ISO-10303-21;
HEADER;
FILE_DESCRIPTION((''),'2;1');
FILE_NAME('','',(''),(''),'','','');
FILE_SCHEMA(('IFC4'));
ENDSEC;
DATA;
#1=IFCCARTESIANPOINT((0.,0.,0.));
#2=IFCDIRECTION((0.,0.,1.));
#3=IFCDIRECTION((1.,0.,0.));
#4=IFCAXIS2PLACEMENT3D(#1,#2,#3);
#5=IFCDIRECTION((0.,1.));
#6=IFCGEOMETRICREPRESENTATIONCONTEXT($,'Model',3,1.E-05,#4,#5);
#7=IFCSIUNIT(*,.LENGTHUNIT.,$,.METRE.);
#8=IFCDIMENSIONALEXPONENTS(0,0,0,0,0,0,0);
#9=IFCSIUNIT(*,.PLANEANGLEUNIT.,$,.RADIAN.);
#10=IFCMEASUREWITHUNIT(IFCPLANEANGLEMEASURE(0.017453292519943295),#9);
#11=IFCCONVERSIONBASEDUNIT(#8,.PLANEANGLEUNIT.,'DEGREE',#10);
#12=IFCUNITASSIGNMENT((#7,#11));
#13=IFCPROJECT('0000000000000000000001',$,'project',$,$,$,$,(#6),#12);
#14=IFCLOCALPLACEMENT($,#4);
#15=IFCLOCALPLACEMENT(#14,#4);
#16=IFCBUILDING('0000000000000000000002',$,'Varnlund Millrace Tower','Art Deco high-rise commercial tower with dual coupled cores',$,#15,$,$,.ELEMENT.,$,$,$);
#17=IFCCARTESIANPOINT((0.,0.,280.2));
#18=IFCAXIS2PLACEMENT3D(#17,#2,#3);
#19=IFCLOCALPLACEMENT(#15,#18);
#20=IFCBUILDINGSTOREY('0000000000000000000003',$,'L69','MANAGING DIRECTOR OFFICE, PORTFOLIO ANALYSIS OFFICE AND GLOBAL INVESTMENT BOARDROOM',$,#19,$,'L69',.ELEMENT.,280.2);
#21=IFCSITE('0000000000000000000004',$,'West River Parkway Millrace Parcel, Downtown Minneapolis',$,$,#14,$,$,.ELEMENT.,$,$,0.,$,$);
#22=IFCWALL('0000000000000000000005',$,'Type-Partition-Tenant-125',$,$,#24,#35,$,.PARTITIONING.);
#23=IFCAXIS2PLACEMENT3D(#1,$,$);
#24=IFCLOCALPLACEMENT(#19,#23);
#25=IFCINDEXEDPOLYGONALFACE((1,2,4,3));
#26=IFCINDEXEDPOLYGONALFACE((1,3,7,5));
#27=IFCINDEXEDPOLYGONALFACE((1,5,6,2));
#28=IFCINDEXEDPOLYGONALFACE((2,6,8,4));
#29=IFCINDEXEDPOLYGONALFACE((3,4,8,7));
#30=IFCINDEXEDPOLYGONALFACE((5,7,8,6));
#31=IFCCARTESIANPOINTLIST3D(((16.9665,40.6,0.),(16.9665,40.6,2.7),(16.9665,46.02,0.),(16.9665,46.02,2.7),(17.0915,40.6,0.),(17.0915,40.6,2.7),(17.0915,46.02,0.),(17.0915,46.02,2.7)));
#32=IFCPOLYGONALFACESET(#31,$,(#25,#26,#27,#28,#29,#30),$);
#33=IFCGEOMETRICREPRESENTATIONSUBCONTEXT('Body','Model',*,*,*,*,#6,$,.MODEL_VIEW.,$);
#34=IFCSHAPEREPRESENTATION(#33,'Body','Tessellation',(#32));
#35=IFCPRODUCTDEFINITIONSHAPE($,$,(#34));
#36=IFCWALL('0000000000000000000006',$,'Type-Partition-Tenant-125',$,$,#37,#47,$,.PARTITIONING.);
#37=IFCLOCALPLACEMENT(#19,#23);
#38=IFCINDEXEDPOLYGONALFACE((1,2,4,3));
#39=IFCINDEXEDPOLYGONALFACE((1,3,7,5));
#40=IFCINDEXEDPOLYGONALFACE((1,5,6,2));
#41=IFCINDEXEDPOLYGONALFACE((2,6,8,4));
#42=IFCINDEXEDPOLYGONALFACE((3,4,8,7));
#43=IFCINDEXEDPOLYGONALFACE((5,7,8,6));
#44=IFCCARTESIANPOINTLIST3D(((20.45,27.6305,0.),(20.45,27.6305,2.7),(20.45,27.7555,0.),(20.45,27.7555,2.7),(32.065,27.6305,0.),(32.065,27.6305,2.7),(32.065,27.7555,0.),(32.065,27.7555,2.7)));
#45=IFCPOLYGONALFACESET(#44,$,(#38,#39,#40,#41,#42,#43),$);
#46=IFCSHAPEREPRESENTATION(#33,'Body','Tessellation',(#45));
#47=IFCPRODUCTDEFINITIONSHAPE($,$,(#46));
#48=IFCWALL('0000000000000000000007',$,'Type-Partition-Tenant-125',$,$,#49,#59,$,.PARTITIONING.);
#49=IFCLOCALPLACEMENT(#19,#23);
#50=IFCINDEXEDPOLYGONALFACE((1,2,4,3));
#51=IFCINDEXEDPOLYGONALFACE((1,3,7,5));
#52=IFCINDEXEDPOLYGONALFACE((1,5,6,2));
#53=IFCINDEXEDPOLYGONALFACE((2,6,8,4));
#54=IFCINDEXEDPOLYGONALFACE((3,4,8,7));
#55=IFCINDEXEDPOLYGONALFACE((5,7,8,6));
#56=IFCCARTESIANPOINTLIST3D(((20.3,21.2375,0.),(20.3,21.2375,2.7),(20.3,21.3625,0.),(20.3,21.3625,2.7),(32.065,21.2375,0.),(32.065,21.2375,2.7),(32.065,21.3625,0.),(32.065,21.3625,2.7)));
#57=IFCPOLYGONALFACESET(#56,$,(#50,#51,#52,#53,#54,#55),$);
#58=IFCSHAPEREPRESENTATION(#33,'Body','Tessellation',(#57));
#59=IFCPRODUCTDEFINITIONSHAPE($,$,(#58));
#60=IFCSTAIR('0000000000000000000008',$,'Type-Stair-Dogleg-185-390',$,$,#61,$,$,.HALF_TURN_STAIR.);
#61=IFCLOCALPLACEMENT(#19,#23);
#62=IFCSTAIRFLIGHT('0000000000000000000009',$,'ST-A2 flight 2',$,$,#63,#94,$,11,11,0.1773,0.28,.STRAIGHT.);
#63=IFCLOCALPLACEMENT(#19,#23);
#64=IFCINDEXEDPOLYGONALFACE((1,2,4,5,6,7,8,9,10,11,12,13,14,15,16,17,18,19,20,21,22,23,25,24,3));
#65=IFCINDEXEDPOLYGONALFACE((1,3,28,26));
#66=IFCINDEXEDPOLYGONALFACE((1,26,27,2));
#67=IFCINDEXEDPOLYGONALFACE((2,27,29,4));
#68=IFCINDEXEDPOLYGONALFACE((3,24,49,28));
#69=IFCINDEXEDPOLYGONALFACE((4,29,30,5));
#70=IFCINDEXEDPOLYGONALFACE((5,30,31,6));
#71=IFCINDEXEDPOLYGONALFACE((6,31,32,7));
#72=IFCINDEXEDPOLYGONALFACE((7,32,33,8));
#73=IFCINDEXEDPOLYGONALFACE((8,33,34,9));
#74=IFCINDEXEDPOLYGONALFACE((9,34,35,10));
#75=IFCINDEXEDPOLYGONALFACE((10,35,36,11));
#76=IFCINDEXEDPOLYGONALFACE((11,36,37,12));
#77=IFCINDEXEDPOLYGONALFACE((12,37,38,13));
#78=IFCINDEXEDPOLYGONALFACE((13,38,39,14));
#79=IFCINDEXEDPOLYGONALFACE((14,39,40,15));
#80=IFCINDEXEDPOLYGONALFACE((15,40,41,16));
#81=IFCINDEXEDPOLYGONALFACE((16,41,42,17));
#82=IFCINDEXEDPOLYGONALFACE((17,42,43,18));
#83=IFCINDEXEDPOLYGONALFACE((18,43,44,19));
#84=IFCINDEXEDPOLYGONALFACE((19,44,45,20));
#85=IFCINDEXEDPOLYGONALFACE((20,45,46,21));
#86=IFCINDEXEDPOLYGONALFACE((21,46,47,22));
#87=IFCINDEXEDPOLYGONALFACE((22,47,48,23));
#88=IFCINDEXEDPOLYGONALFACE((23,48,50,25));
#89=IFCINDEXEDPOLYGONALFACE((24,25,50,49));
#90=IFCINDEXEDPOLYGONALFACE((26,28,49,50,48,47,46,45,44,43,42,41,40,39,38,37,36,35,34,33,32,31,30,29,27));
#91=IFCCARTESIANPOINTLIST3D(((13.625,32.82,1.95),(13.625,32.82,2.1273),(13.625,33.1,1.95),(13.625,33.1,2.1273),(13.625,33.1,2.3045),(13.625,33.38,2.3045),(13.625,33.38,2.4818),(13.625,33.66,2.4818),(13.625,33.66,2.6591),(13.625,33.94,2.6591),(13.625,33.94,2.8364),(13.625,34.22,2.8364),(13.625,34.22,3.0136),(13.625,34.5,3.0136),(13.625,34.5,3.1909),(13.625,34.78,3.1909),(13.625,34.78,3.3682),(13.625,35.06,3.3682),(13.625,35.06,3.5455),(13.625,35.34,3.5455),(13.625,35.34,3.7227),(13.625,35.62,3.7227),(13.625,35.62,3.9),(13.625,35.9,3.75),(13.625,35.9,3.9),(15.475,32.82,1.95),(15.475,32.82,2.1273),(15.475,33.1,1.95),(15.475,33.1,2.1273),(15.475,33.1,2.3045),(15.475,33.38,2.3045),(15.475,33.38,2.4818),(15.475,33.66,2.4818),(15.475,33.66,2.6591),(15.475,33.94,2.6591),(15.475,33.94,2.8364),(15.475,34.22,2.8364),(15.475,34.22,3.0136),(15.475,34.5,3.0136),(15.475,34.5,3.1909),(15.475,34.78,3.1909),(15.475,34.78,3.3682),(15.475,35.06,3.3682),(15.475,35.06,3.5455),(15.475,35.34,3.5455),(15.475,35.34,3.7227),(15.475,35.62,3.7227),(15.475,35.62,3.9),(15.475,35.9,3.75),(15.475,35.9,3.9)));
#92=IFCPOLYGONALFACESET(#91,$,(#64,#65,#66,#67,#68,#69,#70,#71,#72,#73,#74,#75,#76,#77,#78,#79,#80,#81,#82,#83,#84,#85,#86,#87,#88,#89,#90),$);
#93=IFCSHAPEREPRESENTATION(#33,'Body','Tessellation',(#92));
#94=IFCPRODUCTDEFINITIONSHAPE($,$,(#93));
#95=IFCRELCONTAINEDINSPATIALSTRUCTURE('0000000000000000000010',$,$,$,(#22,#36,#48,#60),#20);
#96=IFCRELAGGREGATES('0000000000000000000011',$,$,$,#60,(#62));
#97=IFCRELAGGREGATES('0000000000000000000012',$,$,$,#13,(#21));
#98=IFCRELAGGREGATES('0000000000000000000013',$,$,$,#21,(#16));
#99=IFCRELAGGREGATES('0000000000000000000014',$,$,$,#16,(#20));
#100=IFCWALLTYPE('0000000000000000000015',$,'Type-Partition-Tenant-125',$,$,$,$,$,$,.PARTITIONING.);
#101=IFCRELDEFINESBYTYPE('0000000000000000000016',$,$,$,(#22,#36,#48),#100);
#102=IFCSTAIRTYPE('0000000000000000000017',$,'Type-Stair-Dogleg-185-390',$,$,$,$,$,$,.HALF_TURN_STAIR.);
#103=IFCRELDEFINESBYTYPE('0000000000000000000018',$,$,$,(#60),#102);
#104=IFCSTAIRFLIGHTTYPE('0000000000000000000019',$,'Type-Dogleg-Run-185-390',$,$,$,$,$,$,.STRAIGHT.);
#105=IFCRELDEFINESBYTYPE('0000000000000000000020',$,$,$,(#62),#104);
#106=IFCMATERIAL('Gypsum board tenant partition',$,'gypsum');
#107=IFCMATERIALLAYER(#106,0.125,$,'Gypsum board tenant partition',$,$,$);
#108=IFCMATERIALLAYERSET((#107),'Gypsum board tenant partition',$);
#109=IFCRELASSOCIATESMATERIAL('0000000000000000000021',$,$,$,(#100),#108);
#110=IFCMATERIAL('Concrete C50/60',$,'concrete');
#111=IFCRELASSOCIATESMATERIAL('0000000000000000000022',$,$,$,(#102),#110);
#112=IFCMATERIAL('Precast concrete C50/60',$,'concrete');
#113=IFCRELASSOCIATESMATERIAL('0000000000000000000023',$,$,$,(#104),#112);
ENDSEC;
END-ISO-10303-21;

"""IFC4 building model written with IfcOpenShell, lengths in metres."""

from ifc_helpers import new_model, entity, si_unit, converted_unit, direction, frame, origin_with_axes, place, context, subcontext, project, spatial, polyline, outline, extrude, material, layer, layer_set, type_object, element, aggregate, save


model = new_model("IFC4")

# Units and contexts
model_context = context("Model", 3, precision=1e-05, world=origin_with_axes(), true_north=direction((0.0, 1.0)))
body_context = subcontext(model_context, "Body", "Model", "MODEL_VIEW")
ifc_project = project(units=[si_unit("LENGTHUNIT", "METRE"), converted_unit("PLANEANGLEUNIT", "DEGREE", entity("IfcPlaneAngleMeasure", 0.017453292519943295), si_unit("PLANEANGLEUNIT", "RADIAN"), dimensions=[0, 0, 0, 0, 0, 0, 0])], contexts=[model_context])

# Site, building, storey
site_placement = place(None, origin_with_axes())
site = spatial("IfcSite", under=ifc_project, at=site_placement, Name="West River Parkway Millrace Parcel, Downtown Minneapolis", CompositionType="ELEMENT", RefElevation=0.0)
building_placement = place(site_placement, origin_with_axes())
building = spatial("IfcBuilding", under=site, at=building_placement, Name="Varnlund Millrace Tower", Description="Art Deco high-rise commercial tower with dual coupled cores", CompositionType="ELEMENT")
storey_placement = place(building_placement, frame((0.0, 0.0, 280.2), z_axis=(0.0, 0.0, 1.0), x_axis=(1.0, 0.0, 0.0)))
storey = spatial("IfcBuildingStorey", under=building, at=storey_placement, Name="L69", Description="MANAGING DIRECTOR OFFICE, PORTFOLIO ANALYSIS OFFICE AND GLOBAL INVESTMENT BOARDROOM", LongName="L69", CompositionType="ELEMENT", Elevation=280.2)

# Shared definitions
ifc_material_1 = material(Name="Precast concrete C50/60", Category="concrete")

# Shared definitions
ifc_material_2 = material(Name="Gypsum board tenant partition", Category="gypsum")
ifc_layer_1 = layer(ifc_material_2, 0.125, Name="Gypsum board tenant partition")
ifc_layer_set_1 = layer_set([ifc_layer_1], Name="Gypsum board tenant partition")
wall_type_1 = type_object("IfcWallType", Name="Type-Partition-Tenant-125", PredefinedType="PARTITIONING", material=ifc_layer_set_1)

# Walls
wall_1_placement = place(storey_placement, frame((17.029, 40.6, 0.0), z_axis=(0.0, 0.0, 1.0), x_axis=(0.0, 1.0, 0.0)))
element("IfcWall", 1, at=wall_1_placement, inside=storey, type_object=wall_type_1, Name="Type-Partition-Tenant-125", PredefinedType="PARTITIONING", context=body_context, shape_type="SweptSolid", body=[
    extrude(outline(polyline([(0.0, -0.0625), (5.42, -0.0625), (5.42, 0.0625), (0.0, 0.0625), (0.0, -0.0625)])), origin_with_axes(), (0.0, 0.0, 1.0), 2.7),
])
wall_2_placement = place(storey_placement, frame((20.45, 27.693, 0.0), z_axis=(0.0, 0.0, 1.0), x_axis=(1.0, 0.0, 0.0)))
element("IfcWall", 2, at=wall_2_placement, inside=storey, type_object=wall_type_1, Name="Type-Partition-Tenant-125", PredefinedType="PARTITIONING", context=body_context, shape_type="SweptSolid", body=[
    extrude(outline(polyline([(0.0, -0.0625), (11.615, -0.0625), (11.615, 0.0625), (0.0, 0.0625), (0.0, -0.0625)])), origin_with_axes(), (0.0, 0.0, 1.0), 2.7),
])
wall_3_placement = place(storey_placement, frame((20.3, 21.3, 0.0), z_axis=(0.0, 0.0, 1.0), x_axis=(1.0, 0.0, 0.0)))
element("IfcWall", 3, at=wall_3_placement, inside=storey, type_object=wall_type_1, Name="Type-Partition-Tenant-125", PredefinedType="PARTITIONING", context=body_context, shape_type="SweptSolid", body=[
    extrude(outline(polyline([(0.0, -0.0625), (11.765, -0.0625), (11.765, 0.0625), (0.0, 0.0625), (0.0, -0.0625)])), origin_with_axes(), (0.0, 0.0, 1.0), 2.7),
])

# Stair, stair flight
ifc_material_3 = material(Name="Concrete C50/60", Category="concrete")
stair_type = type_object("IfcStairType", Name="Type-Stair-Dogleg-185-390", PredefinedType="HALF_TURN_STAIR", material=ifc_material_3)
stair_placement = place(storey_placement, origin_with_axes())
stair = element("IfcStair", 4, at=stair_placement, inside=storey, type_object=stair_type, Name="Type-Stair-Dogleg-185-390", PredefinedType="HALF_TURN_STAIR")
stair_flight_type = type_object("IfcStairFlightType", Name="Type-Dogleg-Run-185-390", PredefinedType="STRAIGHT", material=ifc_material_1)
stair_flight_placement = place(storey_placement, frame((13.625, 32.82, 1.95), z_axis=(1.0, 0.0, 0.0), x_axis=(0.0, 1.0, 0.0)))
stair_flight = element("IfcStairFlight", 5, at=stair_flight_placement, type_object=stair_flight_type, Name="ST-A2 flight 2", NumberOfRisers=11, NumberOfTreads=11, PredefinedType="STRAIGHT", RiserHeight=0.1773, TreadLength=0.28, context=body_context, shape_type="SweptSolid", body=[
    extrude(outline(polyline([(0.0, 0.0), (0.0, 0.1773), (0.28, 0.1773), (0.28, 0.3545), (0.56, 0.3545), (0.56, 0.5318), (0.84, 0.5318), (0.84, 0.7091), (1.12, 0.7091), (1.12, 0.8864), (1.4, 0.8864), (1.4, 1.0636), (1.68, 1.0636), (1.68, 1.2409), (1.96, 1.2409), (1.96, 1.4182), (2.24, 1.4182), (2.24, 1.5955), (2.52, 1.5955), (2.52, 1.7727), (2.8, 1.7727), (2.8, 1.95), (3.08, 1.95), (3.08, 1.8), (0.28, 0.0), (0.0, 0.0)])), origin_with_axes(), (0.0, 0.0, 1.0), 1.85),
])
aggregate(stair, [stair_flight])

save(model, "model.ifc")
